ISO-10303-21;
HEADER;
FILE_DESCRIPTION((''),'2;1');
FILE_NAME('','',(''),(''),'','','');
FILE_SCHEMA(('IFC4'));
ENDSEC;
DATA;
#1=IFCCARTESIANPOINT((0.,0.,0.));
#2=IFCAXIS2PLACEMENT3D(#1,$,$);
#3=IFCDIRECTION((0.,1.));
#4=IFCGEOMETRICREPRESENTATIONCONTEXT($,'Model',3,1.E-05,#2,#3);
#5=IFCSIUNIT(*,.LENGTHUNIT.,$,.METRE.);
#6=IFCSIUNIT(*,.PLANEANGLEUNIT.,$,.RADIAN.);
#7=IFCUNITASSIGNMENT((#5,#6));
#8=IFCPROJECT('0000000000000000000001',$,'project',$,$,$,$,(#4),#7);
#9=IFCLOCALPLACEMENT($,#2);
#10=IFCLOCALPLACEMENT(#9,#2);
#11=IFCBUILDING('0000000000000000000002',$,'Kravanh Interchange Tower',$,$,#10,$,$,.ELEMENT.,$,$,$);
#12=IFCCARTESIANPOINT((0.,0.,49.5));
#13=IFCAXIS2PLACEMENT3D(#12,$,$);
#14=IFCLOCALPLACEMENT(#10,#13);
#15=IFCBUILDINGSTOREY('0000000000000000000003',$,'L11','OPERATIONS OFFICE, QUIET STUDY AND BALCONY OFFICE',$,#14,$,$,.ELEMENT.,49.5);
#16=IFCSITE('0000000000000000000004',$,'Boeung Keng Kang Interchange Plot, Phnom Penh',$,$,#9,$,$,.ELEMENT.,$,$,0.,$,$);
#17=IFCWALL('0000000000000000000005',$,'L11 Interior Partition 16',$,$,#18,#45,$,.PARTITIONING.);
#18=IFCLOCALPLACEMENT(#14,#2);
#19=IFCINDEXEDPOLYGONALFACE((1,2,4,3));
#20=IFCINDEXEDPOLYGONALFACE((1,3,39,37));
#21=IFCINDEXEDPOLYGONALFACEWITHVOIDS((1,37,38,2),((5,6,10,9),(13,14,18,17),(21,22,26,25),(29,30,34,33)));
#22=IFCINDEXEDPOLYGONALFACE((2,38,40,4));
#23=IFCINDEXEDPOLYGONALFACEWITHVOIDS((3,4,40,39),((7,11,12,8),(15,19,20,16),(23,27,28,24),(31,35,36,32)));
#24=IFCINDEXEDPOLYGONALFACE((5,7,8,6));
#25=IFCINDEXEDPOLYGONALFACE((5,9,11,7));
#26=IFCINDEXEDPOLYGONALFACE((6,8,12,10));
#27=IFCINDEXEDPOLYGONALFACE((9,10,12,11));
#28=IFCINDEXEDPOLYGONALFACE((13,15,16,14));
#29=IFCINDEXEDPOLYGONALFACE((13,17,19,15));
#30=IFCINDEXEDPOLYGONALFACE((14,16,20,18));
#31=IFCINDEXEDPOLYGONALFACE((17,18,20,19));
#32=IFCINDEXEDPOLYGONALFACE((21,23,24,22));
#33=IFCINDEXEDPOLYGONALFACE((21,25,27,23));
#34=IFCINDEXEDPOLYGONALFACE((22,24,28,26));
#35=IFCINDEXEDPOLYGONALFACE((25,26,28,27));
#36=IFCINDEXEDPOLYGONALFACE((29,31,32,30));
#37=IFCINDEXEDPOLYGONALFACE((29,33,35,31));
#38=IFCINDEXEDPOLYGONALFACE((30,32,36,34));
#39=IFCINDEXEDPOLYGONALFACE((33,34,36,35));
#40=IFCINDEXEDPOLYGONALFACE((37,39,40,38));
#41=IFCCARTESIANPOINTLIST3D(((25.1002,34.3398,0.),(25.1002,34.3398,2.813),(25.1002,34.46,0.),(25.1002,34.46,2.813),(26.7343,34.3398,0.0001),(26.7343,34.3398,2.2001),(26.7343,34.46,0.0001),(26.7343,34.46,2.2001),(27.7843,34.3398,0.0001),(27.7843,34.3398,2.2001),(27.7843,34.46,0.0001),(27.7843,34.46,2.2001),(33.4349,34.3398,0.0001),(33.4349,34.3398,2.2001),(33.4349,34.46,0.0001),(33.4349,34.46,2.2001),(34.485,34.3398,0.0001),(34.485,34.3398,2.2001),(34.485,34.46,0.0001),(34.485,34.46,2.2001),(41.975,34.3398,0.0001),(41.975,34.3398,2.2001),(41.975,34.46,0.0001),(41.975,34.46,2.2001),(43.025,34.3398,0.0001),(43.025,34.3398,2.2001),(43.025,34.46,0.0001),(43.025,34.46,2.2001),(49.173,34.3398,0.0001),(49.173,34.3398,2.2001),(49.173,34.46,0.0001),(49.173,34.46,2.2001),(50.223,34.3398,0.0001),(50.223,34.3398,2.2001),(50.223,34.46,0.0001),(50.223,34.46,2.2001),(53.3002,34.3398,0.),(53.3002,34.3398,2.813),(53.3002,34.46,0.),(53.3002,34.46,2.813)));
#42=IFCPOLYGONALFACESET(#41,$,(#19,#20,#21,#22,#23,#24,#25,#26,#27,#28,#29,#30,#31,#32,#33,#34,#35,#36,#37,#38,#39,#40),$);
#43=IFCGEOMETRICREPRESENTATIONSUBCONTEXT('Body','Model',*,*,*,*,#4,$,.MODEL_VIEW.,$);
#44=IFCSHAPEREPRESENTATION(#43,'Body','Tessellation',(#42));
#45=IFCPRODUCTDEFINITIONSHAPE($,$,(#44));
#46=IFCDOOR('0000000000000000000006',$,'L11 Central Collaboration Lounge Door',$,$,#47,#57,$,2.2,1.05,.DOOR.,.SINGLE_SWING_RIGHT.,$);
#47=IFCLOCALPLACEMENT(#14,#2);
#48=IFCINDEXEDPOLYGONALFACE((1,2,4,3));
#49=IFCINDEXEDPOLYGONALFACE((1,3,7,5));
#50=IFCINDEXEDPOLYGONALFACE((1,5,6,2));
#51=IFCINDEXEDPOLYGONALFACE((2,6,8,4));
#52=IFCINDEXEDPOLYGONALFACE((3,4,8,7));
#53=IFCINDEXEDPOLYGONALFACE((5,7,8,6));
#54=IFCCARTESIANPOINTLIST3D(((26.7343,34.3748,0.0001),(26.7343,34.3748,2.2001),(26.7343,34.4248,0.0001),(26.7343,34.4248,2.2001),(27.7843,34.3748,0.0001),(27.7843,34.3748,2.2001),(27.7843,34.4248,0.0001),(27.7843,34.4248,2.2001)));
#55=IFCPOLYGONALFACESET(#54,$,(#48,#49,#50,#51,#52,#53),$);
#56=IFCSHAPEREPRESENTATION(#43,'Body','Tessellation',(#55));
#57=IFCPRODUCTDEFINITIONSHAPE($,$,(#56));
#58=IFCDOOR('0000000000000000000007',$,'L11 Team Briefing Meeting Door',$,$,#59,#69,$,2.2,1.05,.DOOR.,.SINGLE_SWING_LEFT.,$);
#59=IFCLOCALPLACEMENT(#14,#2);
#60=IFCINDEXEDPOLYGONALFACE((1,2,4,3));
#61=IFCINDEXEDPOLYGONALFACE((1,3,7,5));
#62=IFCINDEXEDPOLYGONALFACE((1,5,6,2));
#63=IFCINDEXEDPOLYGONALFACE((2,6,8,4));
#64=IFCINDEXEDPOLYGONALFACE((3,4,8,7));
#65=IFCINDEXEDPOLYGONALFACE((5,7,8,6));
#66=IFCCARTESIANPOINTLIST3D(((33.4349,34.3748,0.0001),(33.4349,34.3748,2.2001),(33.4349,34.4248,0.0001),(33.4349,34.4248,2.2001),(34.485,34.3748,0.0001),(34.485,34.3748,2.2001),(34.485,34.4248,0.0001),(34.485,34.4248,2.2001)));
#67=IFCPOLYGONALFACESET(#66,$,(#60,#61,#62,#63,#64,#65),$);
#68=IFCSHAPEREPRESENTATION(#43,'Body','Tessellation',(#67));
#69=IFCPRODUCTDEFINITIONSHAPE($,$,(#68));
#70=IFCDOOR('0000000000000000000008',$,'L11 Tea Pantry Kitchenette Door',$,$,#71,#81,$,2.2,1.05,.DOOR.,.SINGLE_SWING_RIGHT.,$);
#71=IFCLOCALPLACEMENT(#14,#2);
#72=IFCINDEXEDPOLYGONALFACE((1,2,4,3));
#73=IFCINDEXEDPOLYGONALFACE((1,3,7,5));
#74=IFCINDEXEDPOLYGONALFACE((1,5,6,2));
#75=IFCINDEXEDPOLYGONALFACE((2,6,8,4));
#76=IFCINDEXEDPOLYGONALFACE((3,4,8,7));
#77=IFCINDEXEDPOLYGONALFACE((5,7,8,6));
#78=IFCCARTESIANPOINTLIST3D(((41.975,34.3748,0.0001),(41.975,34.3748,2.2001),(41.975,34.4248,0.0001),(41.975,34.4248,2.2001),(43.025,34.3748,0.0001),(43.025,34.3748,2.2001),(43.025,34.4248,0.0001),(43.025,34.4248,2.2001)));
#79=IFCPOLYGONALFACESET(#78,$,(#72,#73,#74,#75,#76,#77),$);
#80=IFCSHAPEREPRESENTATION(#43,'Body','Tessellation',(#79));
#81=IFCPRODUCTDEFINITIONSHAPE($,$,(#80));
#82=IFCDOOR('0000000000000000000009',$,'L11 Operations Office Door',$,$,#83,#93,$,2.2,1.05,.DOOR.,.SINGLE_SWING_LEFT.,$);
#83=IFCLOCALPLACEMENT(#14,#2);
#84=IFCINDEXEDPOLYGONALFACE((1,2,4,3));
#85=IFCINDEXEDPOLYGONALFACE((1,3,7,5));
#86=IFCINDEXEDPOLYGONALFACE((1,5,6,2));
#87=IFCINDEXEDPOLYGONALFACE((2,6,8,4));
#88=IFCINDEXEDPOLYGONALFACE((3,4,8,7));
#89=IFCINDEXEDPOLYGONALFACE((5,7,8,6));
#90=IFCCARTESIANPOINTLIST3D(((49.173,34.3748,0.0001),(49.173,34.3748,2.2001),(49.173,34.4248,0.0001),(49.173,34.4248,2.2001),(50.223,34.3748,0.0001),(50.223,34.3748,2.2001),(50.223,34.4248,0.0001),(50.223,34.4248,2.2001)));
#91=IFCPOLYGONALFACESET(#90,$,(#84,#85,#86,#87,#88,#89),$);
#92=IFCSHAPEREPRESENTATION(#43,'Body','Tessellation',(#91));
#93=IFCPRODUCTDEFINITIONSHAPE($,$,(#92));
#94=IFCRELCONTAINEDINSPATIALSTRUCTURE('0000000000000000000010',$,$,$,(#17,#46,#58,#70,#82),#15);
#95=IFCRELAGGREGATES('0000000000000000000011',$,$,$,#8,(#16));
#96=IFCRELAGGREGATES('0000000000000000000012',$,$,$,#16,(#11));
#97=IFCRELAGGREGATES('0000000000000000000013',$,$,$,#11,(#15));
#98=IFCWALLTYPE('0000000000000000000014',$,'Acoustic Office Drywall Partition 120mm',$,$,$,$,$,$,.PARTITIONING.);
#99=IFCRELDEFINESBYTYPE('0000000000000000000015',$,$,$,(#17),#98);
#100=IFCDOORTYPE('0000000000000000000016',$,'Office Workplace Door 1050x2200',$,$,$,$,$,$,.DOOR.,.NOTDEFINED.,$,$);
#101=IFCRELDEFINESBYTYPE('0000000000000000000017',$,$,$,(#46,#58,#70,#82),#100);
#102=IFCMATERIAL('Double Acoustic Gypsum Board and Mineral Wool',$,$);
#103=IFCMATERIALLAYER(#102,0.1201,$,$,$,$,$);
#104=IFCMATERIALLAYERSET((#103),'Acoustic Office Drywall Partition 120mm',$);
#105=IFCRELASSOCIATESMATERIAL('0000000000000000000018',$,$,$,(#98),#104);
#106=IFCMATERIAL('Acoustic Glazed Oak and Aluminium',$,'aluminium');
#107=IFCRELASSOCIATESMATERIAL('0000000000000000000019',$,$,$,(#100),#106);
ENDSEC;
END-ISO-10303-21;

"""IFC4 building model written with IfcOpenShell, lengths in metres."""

from ifc_helpers import new_model, si_unit, direction, frame, frame_2d, origin, place, context, subcontext, project, spatial, rectangle, extrude, material, layer, layer_set, type_object, element, fill, save


model = new_model("IFC4")

# Units and contexts
model_context = context("Model", 3, precision=1e-05, world=origin(), true_north=direction((0.0, 1.0)))
body_context = subcontext(model_context, "Body", "Model", "MODEL_VIEW")
ifc_project = project(units=[si_unit("LENGTHUNIT", "METRE"), si_unit("PLANEANGLEUNIT", "RADIAN")], contexts=[model_context])

# Site, building, storey
site_placement = place(None, origin())
site = spatial("IfcSite", under=ifc_project, at=site_placement, Name="Boeung Keng Kang Interchange Plot, Phnom Penh", CompositionType="ELEMENT", RefElevation=0.0)
building_placement = place(site_placement, origin())
building = spatial("IfcBuilding", under=site, at=building_placement, Name="Kravanh Interchange Tower", CompositionType="ELEMENT")
storey_placement = place(building_placement, frame((0.0, 0.0, 49.5)))
storey = spatial("IfcBuildingStorey", under=building, at=storey_placement, Name="L11", Description="OPERATIONS OFFICE, QUIET STUDY AND BALCONY OFFICE", CompositionType="ELEMENT", Elevation=49.5)

# Wall, openings, doors
ifc_material_1 = material(Name="Double Acoustic Gypsum Board and Mineral Wool")
ifc_layer = layer(ifc_material_1, 0.1201)
ifc_layer_set = layer_set([ifc_layer], Name="Acoustic Office Drywall Partition 120mm")
wall_type = type_object("IfcWallType", Name="Acoustic Office Drywall Partition 120mm", PredefinedType="PARTITIONING", material=ifc_layer_set)
wall_placement = place(storey_placement, frame((25.1001, 34.3999, 0.0), z_axis=(0.0, 0.0, 1.0), x_axis=(1.0, 0.0, 0.0)))
wall = element("IfcWall", 1, at=wall_placement, inside=storey, type_object=wall_type, Name="L11 Interior Partition 16", PredefinedType="PARTITIONING", context=body_context, shape_type="SweptSolid", body=[
    extrude(rectangle(XDim=28.2, YDim=0.1201, at=frame_2d((14.1001, 0.0))), origin(), (0.0, 0.0, 1.0), 2.813),
])
opening_1_placement = place(wall_placement, frame((1.6343, 0.0, 0.0)))
opening_1 = element("IfcOpeningElement", 2, at=opening_1_placement, cuts=wall, PredefinedType="OPENING", context=body_context, shape_type="SweptSolid", body=[
    extrude(rectangle(XDim=1.05, YDim=2.2, at=frame_2d((0.5249, 1.1001))), frame((0.0, 0.0701, 0.0), z_axis=(0.0, -1.0, 0.0), x_axis=(1.0, 0.0, 0.0)), (0.0, 0.0, 1.0), 0.1401),
])
opening_2_placement = place(wall_placement, frame((8.335, 0.0, 0.0)))
opening_2 = element("IfcOpeningElement", 3, at=opening_2_placement, cuts=wall, PredefinedType="OPENING", context=body_context, shape_type="SweptSolid", body=[
    extrude(rectangle(XDim=1.05, YDim=2.2, at=frame_2d((0.5249, 1.1001))), frame((0.0, 0.0701, 0.0), z_axis=(0.0, -1.0, 0.0), x_axis=(1.0, 0.0, 0.0)), (0.0, 0.0, 1.0), 0.1401),
])
opening_3_placement = place(wall_placement, frame((16.875, 0.0, 0.0)))
opening_3 = element("IfcOpeningElement", 4, at=opening_3_placement, cuts=wall, PredefinedType="OPENING", context=body_context, shape_type="SweptSolid", body=[
    extrude(rectangle(XDim=1.05, YDim=2.2, at=frame_2d((0.5249, 1.1001))), frame((0.0, 0.0701, 0.0), z_axis=(0.0, -1.0, 0.0), x_axis=(1.0, 0.0, 0.0)), (0.0, 0.0, 1.0), 0.1401),
])
opening_4_placement = place(wall_placement, frame((24.073, 0.0, 0.0)))
opening_4 = element("IfcOpeningElement", 5, at=opening_4_placement, cuts=wall, PredefinedType="OPENING", context=body_context, shape_type="SweptSolid", body=[
    extrude(rectangle(XDim=1.05, YDim=2.2, at=frame_2d((0.5249, 1.1001))), frame((0.0, 0.0701, 0.0), z_axis=(0.0, -1.0, 0.0), x_axis=(1.0, 0.0, 0.0)), (0.0, 0.0, 1.0), 0.1401),
])
ifc_material_2 = material(Name="Acoustic Glazed Oak and Aluminium", Category="aluminium")
door_type = type_object("IfcDoorType", Name="Office Workplace Door 1050x2200", OperationType="NOTDEFINED", PredefinedType="DOOR", material=ifc_material_2)
door_1_placement = place(opening_1_placement, origin())
door_1 = element("IfcDoor", 6, at=door_1_placement, inside=storey, type_object=door_type, Name="L11 Central Collaboration Lounge Door", OperationType="SINGLE_SWING_RIGHT", OverallHeight=2.2, OverallWidth=1.05, PredefinedType="DOOR", context=body_context, shape_type="SweptSolid", body=[
    extrude(rectangle(XDim=1.05, YDim=2.2, at=frame_2d((0.5249, 1.1001))), frame((0.0, 0.0249, 0.0), z_axis=(0.0, -1.0, 0.0), x_axis=(1.0, 0.0, 0.0)), (0.0, 0.0, 1.0), 0.05),
])
fill(opening_1, door_1)
door_2_placement = place(opening_2_placement, origin())
door_2 = element("IfcDoor", 7, at=door_2_placement, inside=storey, type_object=door_type, Name="L11 Team Briefing Meeting Door", OperationType="SINGLE_SWING_LEFT", OverallHeight=2.2, OverallWidth=1.05, PredefinedType="DOOR", context=body_context, shape_type="SweptSolid", body=[
    extrude(rectangle(XDim=1.05, YDim=2.2, at=frame_2d((0.5249, 1.1001))), frame((0.0, 0.0249, 0.0), z_axis=(0.0, -1.0, 0.0), x_axis=(1.0, 0.0, 0.0)), (0.0, 0.0, 1.0), 0.05),
])
fill(opening_2, door_2)
door_3_placement = place(opening_3_placement, origin())
door_3 = element("IfcDoor", 8, at=door_3_placement, inside=storey, type_object=door_type, Name="L11 Tea Pantry Kitchenette Door", OperationType="SINGLE_SWING_RIGHT", OverallHeight=2.2, OverallWidth=1.05, PredefinedType="DOOR", context=body_context, shape_type="SweptSolid", body=[
    extrude(rectangle(XDim=1.05, YDim=2.2, at=frame_2d((0.5249, 1.1001))), frame((0.0, 0.0249, 0.0), z_axis=(0.0, -1.0, 0.0), x_axis=(1.0, 0.0, 0.0)), (0.0, 0.0, 1.0), 0.05),
])
fill(opening_3, door_3)
door_4_placement = place(opening_4_placement, origin())
door_4 = element("IfcDoor", 9, at=door_4_placement, inside=storey, type_object=door_type, Name="L11 Operations Office Door", OperationType="SINGLE_SWING_LEFT", OverallHeight=2.2, OverallWidth=1.05, PredefinedType="DOOR", context=body_context, shape_type="SweptSolid", body=[
    extrude(rectangle(XDim=1.05, YDim=2.2, at=frame_2d((0.5249, 1.1001))), frame((0.0, 0.0249, 0.0), z_axis=(0.0, -1.0, 0.0), x_axis=(1.0, 0.0, 0.0)), (0.0, 0.0, 1.0), 0.05),
])
fill(opening_4, door_4)

save(model, "model.ifc")
